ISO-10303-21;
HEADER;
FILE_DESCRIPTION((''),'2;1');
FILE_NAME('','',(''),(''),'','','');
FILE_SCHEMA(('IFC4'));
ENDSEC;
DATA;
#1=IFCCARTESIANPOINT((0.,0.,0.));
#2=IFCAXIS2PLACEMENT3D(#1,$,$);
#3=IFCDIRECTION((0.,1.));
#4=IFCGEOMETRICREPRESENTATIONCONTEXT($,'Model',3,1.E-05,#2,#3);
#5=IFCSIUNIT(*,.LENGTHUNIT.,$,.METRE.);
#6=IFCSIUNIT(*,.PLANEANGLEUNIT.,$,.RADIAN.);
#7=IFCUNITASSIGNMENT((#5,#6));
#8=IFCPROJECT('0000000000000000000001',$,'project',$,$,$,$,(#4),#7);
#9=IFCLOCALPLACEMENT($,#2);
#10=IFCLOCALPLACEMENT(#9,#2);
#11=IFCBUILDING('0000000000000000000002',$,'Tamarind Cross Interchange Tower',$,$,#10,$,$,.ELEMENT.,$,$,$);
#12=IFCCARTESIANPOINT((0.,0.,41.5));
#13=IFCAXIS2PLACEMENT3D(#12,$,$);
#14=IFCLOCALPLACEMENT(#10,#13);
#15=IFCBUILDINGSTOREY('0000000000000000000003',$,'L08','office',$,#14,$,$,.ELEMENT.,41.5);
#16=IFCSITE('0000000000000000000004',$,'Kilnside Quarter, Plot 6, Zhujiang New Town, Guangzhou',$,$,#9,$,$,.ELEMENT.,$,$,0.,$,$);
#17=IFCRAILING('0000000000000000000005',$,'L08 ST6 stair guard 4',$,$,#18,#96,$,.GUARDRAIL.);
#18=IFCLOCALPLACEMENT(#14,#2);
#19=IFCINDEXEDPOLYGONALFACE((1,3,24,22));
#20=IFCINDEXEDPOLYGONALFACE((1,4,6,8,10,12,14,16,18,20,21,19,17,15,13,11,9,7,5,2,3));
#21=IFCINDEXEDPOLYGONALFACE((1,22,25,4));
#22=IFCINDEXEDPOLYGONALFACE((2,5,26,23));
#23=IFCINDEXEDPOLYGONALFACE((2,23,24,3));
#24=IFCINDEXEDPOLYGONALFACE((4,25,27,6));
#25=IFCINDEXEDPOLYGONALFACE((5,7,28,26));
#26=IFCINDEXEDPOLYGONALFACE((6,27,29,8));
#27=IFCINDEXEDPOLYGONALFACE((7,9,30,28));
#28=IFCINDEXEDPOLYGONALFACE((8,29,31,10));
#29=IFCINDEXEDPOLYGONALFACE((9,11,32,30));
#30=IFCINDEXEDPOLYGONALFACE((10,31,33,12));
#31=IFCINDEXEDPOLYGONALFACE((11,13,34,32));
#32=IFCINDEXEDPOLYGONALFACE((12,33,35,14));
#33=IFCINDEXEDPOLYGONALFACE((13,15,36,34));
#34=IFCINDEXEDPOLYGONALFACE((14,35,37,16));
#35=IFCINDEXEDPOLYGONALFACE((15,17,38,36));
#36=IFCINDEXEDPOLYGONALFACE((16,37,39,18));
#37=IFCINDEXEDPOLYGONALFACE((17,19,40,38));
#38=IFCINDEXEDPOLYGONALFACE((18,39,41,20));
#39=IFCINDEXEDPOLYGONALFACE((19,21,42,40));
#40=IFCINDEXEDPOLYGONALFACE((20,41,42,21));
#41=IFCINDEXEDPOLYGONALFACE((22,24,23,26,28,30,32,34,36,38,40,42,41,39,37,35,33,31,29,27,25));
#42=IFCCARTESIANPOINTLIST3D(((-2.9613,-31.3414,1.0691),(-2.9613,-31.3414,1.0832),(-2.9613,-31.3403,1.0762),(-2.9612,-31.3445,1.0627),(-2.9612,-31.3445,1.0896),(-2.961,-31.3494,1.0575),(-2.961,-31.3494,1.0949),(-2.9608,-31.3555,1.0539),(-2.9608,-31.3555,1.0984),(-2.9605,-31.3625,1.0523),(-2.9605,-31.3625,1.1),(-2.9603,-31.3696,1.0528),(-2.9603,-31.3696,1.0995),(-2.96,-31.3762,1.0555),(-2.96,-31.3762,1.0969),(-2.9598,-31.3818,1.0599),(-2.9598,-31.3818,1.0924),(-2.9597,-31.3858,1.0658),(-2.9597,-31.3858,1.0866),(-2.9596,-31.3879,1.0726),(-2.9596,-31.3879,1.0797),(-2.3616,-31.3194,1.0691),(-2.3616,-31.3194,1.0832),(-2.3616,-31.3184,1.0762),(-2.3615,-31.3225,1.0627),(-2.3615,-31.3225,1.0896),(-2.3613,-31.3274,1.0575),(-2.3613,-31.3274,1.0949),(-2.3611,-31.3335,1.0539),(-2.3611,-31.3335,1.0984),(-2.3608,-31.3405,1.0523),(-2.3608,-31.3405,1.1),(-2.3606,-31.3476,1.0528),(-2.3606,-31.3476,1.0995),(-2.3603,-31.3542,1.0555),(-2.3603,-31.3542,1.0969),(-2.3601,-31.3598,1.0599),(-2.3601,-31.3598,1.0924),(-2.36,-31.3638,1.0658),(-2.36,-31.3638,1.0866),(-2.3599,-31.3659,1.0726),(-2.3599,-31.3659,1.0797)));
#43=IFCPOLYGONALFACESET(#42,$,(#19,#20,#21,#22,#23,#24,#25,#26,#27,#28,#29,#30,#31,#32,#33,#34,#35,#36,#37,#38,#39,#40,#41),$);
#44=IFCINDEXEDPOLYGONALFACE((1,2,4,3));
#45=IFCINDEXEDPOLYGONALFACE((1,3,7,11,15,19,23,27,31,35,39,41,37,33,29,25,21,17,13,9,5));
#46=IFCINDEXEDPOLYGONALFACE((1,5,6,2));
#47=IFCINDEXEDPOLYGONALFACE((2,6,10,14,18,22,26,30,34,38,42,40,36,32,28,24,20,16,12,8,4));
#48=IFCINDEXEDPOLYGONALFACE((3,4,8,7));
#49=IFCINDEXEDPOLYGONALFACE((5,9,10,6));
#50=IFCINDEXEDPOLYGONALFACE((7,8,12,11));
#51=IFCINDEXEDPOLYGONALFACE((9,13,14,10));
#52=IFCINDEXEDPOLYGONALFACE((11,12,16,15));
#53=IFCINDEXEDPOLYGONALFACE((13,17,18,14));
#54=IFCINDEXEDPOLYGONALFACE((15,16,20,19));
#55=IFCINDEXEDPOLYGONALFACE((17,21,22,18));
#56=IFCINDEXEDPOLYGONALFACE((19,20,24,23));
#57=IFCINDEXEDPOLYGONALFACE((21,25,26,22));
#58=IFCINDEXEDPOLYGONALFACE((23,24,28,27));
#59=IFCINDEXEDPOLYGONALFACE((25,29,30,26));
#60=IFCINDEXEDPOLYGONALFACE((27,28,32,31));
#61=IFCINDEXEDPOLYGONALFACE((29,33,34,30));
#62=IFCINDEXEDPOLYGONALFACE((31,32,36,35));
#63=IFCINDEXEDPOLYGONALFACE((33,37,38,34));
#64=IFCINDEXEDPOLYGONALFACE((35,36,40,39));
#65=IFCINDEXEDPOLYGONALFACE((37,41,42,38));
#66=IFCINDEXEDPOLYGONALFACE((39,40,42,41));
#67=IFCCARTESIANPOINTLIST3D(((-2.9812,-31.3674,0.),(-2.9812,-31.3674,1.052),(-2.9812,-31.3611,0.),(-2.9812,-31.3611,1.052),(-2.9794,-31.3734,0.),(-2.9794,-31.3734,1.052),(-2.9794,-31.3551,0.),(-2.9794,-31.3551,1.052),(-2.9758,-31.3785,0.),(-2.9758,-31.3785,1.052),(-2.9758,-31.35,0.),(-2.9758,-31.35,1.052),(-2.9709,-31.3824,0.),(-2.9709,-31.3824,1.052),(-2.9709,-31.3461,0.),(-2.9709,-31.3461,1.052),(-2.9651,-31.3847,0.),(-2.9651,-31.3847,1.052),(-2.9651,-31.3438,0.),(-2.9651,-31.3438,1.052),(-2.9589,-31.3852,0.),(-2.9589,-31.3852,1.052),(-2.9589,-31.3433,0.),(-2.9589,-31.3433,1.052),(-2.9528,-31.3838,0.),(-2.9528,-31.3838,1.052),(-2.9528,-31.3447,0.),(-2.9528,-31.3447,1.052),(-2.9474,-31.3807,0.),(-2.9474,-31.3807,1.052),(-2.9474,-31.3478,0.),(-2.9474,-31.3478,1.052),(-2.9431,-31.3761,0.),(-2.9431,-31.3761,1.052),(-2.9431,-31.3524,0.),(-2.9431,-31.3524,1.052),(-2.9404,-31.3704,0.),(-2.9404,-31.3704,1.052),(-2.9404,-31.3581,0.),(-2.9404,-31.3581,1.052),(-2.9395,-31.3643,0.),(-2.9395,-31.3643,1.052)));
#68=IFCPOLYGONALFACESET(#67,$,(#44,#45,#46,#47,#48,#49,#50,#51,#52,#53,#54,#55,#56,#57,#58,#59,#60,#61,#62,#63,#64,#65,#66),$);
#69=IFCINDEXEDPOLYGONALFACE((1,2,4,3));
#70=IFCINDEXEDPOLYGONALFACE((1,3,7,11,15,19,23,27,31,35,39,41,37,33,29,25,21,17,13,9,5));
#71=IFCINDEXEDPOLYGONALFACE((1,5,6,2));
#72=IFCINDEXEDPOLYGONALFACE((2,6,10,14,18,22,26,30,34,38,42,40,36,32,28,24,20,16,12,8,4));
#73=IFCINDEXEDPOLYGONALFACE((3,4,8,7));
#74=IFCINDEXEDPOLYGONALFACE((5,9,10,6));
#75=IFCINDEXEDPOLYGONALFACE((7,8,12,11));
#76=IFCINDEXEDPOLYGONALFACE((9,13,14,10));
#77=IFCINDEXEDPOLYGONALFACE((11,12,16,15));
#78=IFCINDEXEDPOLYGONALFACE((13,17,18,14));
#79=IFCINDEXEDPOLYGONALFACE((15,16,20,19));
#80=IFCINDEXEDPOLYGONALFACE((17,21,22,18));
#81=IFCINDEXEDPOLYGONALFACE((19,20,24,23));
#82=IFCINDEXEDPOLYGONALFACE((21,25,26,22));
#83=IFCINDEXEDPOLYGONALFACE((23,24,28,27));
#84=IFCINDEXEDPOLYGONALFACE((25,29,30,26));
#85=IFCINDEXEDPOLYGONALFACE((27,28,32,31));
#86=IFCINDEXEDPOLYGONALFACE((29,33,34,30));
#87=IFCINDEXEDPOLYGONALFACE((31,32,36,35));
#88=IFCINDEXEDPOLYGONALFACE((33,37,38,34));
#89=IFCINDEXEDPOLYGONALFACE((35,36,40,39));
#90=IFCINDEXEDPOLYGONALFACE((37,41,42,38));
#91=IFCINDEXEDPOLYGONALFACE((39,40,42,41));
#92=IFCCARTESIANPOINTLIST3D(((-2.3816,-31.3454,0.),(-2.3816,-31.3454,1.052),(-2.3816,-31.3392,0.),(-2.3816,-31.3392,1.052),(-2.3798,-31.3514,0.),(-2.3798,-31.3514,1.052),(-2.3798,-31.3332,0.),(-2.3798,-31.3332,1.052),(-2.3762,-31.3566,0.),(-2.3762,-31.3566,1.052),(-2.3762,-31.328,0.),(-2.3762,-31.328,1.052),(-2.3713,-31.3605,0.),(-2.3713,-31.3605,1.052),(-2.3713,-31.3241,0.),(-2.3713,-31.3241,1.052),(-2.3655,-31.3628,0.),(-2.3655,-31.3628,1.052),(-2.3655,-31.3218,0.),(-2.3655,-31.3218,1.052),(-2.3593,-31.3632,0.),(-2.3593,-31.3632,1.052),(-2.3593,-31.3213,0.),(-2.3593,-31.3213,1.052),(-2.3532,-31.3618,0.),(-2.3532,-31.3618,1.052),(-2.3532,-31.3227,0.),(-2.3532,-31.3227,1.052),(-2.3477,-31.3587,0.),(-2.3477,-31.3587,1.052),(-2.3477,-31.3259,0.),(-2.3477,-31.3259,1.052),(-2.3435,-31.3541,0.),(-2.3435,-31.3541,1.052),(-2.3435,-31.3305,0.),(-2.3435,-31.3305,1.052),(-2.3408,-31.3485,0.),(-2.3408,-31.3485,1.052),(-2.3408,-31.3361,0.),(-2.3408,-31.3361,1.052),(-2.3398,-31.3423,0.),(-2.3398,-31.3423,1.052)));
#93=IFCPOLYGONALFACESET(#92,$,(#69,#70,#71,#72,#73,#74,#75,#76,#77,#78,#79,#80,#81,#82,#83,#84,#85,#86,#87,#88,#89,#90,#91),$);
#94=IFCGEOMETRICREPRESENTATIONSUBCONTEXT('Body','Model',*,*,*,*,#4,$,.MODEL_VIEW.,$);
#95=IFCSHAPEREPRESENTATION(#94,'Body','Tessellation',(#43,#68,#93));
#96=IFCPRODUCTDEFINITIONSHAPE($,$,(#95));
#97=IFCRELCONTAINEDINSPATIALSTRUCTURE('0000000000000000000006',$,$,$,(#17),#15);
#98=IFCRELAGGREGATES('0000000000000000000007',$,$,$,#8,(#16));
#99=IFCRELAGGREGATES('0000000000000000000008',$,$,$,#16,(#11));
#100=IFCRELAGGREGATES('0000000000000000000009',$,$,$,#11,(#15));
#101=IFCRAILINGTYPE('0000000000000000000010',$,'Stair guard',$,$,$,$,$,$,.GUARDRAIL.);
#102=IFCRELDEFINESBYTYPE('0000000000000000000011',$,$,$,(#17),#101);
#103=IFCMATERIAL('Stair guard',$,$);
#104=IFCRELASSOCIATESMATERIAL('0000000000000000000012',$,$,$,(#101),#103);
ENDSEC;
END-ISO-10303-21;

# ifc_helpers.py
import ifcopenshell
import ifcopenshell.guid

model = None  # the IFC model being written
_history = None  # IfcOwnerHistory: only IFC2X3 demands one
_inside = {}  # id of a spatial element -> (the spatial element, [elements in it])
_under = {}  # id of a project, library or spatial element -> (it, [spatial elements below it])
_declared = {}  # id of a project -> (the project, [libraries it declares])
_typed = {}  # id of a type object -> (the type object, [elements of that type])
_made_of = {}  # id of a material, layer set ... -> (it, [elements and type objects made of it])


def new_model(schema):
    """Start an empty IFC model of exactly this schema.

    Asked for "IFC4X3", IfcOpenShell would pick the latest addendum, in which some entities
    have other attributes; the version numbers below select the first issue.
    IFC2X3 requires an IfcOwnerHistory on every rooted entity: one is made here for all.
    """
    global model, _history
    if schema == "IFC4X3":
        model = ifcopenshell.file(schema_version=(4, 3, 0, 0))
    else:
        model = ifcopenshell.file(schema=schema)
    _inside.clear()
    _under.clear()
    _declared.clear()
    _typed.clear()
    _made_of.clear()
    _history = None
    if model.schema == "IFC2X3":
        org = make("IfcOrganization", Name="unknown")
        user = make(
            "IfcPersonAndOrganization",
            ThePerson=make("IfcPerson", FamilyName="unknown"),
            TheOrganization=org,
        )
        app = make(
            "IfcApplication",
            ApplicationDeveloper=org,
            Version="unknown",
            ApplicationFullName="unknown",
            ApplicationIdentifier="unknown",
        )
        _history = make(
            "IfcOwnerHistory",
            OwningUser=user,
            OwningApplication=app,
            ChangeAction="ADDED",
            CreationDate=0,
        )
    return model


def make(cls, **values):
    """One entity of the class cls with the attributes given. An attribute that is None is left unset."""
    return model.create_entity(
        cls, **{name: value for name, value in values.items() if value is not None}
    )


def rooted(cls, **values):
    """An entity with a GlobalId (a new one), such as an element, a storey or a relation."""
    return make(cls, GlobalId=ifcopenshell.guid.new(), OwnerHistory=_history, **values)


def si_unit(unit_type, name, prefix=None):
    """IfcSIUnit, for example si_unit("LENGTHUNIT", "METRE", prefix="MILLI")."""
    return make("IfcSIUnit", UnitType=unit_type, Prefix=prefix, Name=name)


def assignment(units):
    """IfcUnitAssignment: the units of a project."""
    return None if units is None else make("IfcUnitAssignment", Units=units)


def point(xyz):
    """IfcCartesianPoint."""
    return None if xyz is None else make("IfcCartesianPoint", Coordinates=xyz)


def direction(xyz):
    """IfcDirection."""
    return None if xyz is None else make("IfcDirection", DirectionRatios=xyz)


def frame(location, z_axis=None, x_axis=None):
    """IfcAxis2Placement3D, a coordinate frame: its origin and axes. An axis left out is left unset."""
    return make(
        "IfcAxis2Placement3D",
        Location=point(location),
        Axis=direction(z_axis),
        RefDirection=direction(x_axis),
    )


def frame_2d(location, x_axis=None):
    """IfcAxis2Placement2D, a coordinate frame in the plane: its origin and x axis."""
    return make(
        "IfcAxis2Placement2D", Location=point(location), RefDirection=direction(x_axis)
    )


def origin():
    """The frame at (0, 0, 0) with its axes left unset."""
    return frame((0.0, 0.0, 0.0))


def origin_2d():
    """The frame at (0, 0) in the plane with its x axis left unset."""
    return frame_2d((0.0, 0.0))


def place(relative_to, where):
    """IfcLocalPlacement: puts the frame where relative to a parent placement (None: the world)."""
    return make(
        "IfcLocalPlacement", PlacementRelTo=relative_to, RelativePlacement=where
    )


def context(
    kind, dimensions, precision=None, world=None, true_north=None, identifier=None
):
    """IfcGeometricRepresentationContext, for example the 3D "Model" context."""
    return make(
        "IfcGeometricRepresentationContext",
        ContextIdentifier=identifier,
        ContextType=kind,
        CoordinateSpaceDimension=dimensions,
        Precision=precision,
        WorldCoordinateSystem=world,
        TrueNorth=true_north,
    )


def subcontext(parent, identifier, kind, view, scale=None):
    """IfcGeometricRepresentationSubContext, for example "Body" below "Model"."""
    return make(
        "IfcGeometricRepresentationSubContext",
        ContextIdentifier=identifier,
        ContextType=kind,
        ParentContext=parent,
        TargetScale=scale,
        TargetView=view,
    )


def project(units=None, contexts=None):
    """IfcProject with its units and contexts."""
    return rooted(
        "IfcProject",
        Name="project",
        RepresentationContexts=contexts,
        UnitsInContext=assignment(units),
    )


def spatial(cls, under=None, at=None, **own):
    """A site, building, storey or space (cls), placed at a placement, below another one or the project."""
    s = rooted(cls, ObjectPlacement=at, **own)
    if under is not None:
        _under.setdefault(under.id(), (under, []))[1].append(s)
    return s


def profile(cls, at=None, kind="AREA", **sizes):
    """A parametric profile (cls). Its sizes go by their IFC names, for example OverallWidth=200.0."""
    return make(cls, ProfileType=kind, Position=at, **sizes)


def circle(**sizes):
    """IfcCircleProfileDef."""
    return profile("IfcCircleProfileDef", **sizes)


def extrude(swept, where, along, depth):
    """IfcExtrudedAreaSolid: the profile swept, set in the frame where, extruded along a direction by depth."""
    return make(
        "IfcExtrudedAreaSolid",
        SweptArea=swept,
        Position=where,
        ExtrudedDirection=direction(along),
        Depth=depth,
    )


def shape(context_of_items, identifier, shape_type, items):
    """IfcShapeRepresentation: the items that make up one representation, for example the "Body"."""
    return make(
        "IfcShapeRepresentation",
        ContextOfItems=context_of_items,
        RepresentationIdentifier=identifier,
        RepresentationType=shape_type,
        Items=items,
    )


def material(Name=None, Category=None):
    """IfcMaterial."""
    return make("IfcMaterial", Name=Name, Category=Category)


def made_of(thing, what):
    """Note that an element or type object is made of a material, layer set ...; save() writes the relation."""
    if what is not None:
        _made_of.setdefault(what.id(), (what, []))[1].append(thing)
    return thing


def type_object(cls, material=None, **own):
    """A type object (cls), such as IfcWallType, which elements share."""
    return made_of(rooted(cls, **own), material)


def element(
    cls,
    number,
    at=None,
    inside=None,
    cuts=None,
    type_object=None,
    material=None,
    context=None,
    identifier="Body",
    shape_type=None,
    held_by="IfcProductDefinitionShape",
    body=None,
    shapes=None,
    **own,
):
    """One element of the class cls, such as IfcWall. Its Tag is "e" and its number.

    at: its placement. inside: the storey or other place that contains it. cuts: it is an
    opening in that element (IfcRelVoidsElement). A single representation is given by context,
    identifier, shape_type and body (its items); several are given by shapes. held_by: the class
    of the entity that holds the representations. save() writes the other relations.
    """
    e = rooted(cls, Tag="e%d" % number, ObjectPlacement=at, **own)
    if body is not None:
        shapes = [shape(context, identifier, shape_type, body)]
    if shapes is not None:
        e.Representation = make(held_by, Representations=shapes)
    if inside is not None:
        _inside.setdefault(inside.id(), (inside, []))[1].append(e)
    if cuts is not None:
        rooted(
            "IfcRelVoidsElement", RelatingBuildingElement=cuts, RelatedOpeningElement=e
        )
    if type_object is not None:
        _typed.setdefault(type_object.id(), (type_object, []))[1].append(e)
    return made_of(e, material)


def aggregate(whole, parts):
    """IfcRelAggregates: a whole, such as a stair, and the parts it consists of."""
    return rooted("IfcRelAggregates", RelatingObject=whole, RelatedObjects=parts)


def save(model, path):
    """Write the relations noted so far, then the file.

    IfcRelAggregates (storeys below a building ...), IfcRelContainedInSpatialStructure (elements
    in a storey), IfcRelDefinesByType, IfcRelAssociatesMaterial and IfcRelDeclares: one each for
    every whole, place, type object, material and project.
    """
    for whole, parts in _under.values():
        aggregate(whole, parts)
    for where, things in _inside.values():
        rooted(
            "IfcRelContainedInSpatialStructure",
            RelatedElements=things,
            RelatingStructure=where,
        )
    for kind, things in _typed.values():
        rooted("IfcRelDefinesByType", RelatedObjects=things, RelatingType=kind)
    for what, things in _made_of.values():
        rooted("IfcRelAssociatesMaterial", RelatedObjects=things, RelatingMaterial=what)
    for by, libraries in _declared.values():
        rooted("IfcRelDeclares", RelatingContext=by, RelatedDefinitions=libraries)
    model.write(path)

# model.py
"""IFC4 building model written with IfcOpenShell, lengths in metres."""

from ifc_helpers import new_model, si_unit, direction, frame, origin, origin_2d, place, context, subcontext, project, spatial, circle, extrude, material, type_object, element, save


model = new_model("IFC4")

# Units and contexts
model_context = context("Model", 3, precision=1e-05, world=origin(), true_north=direction((0.0, 1.0)))
body_context = subcontext(model_context, "Body", "Model", "MODEL_VIEW")
ifc_project = project(units=[si_unit("LENGTHUNIT", "METRE"), si_unit("PLANEANGLEUNIT", "RADIAN")], contexts=[model_context])

# Site, building, storey
site_placement = place(None, origin())
site = spatial("IfcSite", under=ifc_project, at=site_placement, Name="Kilnside Quarter, Plot 6, Zhujiang New Town, Guangzhou", CompositionType="ELEMENT", RefElevation=0.0)
building_placement = place(site_placement, origin())
building = spatial("IfcBuilding", under=site, at=building_placement, Name="Tamarind Cross Interchange Tower", CompositionType="ELEMENT")
storey_placement = place(building_placement, frame((0.0, 0.0, 41.5)))
storey = spatial("IfcBuildingStorey", under=building, at=storey_placement, Name="L08", Description="office", CompositionType="ELEMENT", Elevation=41.5)

# Railing
ifc_material_1 = material(Name="Stair guard")
railing_type_1 = type_object("IfcRailingType", Name="Stair guard", PredefinedType="GUARDRAIL", material=ifc_material_1)
railing_1_placement = place(storey_placement, frame((-2.9604, -31.3643, 0.0)))
element("IfcRailing", 1, at=railing_1_placement, inside=storey, type_object=railing_type_1, Name="L08 ST6 stair guard 4", PredefinedType="GUARDRAIL", context=body_context, shape_type="SweptSolid", body=[
    extrude(circle(Radius=0.0239, at=origin_2d()), frame((0.0, 0.0, 1.0762), z_axis=(0.999329, 0.03662, 0.0), x_axis=(-0.03662, 0.999329, 0.0)), (0.0, 0.0, 1.0), 0.6001),
    extrude(circle(Radius=0.021, at=origin_2d()), origin(), (0.0, 0.0, 1.0), 1.052),
    extrude(circle(Radius=0.021, at=origin_2d()), frame((0.5996, 0.022, 0.0)), (0.0, 0.0, 1.0), 1.052),
])

save(model, "model.ifc")
